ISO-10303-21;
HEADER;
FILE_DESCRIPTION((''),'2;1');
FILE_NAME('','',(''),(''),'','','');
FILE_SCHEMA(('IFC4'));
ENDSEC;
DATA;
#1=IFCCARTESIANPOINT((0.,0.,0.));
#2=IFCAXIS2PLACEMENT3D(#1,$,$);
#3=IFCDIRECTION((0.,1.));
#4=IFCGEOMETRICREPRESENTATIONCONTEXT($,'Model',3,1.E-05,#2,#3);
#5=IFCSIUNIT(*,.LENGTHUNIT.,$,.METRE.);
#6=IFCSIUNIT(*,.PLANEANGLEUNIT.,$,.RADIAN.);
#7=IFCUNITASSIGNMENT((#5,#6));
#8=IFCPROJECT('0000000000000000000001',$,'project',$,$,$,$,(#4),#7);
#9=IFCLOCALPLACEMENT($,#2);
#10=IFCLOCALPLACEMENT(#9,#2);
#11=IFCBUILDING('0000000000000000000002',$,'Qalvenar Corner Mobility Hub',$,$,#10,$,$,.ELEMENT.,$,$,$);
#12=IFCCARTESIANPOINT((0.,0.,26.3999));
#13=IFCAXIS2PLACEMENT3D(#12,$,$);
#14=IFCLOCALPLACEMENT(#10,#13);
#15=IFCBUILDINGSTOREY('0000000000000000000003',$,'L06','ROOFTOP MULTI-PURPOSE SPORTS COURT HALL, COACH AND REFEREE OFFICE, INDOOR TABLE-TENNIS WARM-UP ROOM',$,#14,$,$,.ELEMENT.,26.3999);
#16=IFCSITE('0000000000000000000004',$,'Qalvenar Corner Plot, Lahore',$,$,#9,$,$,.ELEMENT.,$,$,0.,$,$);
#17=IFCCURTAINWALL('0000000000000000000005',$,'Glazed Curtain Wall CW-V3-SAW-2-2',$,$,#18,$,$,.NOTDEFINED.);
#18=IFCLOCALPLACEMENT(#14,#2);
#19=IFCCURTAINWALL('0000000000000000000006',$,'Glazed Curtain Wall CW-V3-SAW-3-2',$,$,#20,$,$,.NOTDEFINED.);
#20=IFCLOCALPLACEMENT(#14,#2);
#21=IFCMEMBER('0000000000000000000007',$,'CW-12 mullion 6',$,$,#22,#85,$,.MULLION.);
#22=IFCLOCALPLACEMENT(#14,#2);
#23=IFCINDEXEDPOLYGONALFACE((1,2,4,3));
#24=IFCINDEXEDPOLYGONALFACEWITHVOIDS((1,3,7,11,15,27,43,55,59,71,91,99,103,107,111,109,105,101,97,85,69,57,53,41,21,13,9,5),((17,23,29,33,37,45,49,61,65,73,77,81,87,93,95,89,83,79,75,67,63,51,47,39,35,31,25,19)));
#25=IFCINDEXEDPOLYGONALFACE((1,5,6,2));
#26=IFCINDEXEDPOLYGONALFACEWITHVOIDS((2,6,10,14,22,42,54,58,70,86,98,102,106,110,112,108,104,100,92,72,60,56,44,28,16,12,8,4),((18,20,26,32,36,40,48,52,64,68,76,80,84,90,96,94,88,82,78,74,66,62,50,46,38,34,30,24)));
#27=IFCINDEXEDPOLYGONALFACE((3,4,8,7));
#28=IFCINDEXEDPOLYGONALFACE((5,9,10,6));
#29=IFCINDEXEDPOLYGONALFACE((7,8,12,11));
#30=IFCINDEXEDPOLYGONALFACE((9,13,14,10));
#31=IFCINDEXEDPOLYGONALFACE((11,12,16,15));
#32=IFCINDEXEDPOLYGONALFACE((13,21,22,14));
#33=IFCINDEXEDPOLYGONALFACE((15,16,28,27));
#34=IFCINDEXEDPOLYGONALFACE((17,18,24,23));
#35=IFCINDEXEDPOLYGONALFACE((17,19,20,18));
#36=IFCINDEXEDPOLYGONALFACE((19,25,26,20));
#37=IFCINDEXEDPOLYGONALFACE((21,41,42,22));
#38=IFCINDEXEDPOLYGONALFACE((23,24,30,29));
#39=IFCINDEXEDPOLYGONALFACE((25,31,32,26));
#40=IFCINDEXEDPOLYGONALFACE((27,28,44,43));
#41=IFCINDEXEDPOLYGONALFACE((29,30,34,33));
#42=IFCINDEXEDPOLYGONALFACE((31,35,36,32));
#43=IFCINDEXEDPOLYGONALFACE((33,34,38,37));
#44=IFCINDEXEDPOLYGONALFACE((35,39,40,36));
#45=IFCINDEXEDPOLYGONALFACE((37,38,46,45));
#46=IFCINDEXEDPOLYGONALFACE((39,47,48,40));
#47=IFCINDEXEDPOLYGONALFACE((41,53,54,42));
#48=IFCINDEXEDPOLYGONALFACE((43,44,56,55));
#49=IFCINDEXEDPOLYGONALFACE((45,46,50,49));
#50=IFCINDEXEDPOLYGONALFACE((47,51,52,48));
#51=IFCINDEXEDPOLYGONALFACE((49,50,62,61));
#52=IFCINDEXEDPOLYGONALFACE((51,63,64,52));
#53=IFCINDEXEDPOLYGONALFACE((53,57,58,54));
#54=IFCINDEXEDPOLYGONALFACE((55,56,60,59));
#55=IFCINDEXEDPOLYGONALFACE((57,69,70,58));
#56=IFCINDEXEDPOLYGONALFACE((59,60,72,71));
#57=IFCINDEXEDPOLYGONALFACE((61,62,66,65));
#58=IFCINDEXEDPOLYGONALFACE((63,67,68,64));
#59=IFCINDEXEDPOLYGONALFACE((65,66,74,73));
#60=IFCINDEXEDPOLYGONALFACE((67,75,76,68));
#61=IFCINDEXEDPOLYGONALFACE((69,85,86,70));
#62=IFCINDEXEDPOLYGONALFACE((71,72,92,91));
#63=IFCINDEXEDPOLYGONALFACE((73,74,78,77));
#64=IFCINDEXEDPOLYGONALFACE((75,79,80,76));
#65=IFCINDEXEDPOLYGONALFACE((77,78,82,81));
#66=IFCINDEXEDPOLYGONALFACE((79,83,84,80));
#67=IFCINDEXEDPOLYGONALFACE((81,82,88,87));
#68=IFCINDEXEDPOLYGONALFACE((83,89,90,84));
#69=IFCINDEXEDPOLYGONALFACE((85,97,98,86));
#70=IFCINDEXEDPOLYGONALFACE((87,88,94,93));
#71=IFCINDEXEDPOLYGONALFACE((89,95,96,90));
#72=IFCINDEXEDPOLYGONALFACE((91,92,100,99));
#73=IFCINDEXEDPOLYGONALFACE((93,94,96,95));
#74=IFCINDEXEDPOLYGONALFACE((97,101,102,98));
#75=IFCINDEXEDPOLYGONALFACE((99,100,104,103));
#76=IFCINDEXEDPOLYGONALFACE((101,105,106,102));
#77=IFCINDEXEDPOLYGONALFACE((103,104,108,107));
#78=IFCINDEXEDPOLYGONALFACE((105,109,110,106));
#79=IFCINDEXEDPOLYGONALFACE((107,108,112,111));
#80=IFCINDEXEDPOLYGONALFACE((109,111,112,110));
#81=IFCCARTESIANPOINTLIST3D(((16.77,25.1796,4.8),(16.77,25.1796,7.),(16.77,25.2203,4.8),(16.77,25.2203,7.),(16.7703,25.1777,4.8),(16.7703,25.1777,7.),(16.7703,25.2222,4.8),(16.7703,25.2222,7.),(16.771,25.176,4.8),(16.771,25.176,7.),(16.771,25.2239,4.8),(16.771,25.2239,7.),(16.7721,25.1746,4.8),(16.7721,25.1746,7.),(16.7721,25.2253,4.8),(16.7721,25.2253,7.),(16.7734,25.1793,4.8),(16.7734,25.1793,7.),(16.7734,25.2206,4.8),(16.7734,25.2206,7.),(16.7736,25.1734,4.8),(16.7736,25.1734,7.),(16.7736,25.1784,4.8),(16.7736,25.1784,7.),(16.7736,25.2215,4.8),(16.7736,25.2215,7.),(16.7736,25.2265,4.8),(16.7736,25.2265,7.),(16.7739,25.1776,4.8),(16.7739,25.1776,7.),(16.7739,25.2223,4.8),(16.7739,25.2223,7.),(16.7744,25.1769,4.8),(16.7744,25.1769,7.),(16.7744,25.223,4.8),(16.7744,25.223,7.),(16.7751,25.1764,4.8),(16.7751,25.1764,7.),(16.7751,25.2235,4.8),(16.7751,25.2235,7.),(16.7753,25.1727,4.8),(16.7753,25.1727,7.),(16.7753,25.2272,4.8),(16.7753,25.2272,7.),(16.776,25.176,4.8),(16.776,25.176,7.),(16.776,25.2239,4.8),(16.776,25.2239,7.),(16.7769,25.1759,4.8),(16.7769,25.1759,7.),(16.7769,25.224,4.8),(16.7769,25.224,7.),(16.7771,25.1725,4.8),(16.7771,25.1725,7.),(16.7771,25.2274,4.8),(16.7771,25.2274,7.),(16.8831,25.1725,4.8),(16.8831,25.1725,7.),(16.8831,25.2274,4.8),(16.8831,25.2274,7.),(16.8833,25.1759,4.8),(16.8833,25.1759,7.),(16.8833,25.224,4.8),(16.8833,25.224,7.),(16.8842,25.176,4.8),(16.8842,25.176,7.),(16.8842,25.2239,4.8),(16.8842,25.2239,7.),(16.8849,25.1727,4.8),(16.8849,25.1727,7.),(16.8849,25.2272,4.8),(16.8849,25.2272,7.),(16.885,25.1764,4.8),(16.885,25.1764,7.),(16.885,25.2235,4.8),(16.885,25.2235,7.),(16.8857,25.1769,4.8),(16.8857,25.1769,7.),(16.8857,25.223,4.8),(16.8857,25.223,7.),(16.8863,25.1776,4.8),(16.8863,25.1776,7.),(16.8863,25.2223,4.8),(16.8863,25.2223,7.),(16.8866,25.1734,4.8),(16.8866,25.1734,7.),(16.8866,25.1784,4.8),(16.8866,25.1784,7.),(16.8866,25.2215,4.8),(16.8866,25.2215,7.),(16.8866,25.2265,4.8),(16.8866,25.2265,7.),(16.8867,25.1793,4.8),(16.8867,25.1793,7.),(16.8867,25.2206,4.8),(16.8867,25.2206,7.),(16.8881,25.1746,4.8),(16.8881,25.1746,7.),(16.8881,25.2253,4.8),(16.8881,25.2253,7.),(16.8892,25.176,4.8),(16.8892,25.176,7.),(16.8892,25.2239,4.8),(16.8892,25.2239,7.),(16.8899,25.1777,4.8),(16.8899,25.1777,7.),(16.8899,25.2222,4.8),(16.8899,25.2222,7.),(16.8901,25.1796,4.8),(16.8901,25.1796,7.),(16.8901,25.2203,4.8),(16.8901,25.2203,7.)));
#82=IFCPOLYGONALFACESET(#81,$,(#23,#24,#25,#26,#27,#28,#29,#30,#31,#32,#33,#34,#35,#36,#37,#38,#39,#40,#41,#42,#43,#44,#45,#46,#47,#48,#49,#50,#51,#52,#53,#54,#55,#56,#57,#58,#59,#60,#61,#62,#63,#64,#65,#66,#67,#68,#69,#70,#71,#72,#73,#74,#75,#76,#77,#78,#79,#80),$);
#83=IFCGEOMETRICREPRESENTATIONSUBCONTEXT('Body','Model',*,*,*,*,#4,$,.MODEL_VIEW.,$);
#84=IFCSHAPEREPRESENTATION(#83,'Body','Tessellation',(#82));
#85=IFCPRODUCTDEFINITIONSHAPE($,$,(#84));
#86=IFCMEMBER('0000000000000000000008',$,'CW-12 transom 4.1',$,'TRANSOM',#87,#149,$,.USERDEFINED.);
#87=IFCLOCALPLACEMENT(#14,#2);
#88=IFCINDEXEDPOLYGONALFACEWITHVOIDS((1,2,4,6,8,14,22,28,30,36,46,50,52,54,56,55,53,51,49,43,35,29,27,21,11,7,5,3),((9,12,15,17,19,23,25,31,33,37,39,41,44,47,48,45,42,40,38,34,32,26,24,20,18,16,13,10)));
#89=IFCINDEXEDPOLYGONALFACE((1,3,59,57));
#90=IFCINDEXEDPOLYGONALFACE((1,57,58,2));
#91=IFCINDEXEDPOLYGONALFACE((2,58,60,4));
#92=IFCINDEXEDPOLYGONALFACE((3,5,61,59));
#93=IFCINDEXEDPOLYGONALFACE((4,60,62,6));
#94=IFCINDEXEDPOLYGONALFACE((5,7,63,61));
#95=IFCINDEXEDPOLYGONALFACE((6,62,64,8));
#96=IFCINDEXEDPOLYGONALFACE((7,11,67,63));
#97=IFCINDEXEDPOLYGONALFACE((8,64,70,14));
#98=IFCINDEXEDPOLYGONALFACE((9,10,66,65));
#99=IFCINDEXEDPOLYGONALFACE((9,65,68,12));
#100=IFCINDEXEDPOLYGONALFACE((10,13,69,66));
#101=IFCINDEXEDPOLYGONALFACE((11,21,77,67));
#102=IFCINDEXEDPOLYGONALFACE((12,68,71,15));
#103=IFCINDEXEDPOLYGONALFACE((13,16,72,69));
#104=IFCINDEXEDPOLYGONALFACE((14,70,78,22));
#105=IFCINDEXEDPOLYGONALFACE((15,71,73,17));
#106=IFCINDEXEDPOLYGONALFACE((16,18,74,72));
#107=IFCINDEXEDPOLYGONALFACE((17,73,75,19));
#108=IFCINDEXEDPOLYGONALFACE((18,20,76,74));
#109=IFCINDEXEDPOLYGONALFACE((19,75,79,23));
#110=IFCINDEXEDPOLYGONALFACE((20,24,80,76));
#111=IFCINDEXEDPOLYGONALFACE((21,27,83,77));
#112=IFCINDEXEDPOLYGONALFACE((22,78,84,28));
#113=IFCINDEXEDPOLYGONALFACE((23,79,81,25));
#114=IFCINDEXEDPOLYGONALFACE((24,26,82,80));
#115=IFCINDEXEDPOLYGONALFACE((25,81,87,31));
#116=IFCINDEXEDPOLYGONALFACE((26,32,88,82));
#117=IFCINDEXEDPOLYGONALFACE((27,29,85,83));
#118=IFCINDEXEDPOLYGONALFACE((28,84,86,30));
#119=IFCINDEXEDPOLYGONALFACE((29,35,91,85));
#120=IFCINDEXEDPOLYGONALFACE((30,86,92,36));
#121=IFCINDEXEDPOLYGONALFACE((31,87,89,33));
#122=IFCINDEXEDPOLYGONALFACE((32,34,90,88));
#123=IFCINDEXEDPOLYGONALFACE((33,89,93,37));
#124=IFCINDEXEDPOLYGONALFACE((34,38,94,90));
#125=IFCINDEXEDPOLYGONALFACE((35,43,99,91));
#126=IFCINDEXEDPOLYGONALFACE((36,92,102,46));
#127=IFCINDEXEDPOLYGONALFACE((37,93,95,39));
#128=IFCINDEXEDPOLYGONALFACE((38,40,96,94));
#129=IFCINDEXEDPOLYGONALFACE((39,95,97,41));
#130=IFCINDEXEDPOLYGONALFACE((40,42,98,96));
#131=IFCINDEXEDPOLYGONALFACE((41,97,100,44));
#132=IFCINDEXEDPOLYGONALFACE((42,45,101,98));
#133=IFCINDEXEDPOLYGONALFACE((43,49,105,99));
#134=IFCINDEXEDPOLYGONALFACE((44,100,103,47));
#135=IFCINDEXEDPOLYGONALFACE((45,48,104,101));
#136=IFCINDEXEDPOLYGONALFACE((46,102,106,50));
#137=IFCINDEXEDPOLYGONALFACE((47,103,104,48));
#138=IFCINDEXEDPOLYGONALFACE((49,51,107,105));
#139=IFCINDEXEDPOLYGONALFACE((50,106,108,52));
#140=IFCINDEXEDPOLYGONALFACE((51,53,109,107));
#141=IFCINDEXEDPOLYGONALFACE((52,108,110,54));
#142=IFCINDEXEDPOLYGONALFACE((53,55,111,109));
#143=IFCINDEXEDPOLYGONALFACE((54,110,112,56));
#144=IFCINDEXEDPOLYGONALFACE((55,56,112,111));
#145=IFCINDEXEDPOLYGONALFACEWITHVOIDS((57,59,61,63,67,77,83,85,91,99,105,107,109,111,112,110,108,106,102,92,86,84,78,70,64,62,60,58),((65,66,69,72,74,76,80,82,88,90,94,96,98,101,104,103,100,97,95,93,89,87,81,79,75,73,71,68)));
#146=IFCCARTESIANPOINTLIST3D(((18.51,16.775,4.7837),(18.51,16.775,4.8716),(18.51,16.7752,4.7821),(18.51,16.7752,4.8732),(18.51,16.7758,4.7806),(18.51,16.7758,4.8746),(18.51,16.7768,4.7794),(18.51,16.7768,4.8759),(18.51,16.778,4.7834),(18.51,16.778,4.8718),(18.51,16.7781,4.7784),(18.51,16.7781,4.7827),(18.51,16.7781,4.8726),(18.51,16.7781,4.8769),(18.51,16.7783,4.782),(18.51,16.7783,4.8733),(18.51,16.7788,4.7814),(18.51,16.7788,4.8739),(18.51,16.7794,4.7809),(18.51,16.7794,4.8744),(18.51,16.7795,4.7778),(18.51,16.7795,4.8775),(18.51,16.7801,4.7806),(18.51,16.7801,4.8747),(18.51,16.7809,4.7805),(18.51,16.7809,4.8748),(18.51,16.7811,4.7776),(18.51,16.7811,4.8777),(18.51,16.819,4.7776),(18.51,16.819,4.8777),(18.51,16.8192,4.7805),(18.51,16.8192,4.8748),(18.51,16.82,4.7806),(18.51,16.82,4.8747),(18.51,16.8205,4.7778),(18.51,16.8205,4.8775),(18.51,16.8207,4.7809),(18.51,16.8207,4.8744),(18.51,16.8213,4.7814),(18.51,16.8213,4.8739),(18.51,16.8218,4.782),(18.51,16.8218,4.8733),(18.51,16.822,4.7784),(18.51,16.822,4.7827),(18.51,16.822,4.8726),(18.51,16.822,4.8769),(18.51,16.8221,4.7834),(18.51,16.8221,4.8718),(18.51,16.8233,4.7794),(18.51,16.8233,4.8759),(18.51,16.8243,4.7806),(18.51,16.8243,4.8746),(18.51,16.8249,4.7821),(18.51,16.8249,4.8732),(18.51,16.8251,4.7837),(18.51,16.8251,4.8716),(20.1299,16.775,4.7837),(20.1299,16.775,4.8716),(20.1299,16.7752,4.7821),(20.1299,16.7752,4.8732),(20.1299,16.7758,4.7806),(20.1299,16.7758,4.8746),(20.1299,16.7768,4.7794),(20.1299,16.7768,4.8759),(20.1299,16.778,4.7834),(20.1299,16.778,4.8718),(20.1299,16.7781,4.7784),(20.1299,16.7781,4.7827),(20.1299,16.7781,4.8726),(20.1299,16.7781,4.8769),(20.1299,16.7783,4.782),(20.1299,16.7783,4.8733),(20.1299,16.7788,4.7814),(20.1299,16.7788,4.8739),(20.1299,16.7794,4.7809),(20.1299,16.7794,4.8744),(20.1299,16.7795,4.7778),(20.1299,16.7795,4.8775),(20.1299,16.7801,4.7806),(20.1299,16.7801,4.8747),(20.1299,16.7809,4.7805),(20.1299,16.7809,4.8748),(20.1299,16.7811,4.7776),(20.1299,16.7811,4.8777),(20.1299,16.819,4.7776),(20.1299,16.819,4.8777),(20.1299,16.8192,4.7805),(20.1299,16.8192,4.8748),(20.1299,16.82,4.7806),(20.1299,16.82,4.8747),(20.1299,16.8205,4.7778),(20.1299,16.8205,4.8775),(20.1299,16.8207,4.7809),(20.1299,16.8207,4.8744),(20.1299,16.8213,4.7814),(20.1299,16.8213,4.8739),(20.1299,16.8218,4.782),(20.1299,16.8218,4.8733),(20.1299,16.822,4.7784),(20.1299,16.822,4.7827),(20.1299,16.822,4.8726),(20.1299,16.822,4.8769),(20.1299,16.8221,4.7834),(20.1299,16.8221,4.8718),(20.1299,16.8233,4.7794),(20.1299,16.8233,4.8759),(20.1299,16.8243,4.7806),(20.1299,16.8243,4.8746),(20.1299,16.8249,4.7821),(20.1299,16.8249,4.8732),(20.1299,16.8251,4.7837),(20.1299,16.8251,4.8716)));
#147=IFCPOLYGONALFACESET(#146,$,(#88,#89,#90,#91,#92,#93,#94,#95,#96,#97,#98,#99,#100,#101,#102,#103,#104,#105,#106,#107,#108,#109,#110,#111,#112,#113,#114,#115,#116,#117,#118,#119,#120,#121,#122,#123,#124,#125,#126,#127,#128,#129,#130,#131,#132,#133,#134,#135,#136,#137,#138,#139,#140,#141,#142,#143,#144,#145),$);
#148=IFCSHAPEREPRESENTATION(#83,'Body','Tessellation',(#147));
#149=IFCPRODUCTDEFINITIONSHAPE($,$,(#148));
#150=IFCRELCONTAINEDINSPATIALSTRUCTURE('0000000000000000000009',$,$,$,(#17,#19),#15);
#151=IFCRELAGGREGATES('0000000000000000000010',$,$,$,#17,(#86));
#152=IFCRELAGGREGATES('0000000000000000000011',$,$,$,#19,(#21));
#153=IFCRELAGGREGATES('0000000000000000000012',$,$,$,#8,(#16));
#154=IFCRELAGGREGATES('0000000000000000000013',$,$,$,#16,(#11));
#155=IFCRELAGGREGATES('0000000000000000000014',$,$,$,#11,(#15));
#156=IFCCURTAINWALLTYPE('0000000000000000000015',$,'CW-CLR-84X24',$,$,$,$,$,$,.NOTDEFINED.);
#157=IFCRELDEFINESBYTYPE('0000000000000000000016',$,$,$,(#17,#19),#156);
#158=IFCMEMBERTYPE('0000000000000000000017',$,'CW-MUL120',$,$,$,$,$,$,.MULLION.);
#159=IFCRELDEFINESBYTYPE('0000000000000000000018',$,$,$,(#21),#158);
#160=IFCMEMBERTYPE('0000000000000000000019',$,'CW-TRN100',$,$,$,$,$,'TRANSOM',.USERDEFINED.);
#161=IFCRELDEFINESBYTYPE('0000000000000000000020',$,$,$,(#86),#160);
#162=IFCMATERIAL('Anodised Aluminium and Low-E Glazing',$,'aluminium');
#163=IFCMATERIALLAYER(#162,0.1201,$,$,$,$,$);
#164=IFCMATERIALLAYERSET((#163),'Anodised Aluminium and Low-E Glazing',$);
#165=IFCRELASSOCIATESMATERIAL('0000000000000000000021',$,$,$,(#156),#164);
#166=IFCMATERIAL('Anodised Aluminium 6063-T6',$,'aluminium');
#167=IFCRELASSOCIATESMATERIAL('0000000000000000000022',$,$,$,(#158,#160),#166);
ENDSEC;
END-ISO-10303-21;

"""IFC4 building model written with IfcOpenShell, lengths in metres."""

from ifc_helpers import new_model, si_unit, direction, frame, origin, origin_2d, place, context, subcontext, project, spatial, hollow_rectangle, extrude, material, layer, layer_set, material_profile, profile_set, type_object, element, aggregate, save


model = new_model("IFC4")

# Units and contexts
model_context = context("Model", 3, precision=1e-05, world=origin(), true_north=direction((0.0, 1.0)))
body_context = subcontext(model_context, "Body", "Model", "MODEL_VIEW")
ifc_project = project(units=[si_unit("LENGTHUNIT", "METRE"), si_unit("PLANEANGLEUNIT", "RADIAN")], contexts=[model_context])

# Site, building, storey
site_placement = place(None, origin())
site = spatial("IfcSite", under=ifc_project, at=site_placement, Name="Qalvenar Corner Plot, Lahore", CompositionType="ELEMENT", RefElevation=0.0)
building_placement = place(site_placement, origin())
building = spatial("IfcBuilding", under=site, at=building_placement, Name="Qalvenar Corner Mobility Hub", CompositionType="ELEMENT")
storey_placement = place(building_placement, frame((0.0, 0.0, 26.3999)))
storey = spatial("IfcBuildingStorey", under=building, at=storey_placement, Name="L06", Description="ROOFTOP MULTI-PURPOSE SPORTS COURT HALL, COACH AND REFEREE OFFICE, INDOOR TABLE-TENNIS WARM-UP ROOM", CompositionType="ELEMENT", Elevation=26.3999)

# Curtain wall
ifc_material_1 = material(Name="Anodised Aluminium and Low-E Glazing", Category="aluminium")
ifc_layer_1 = layer(ifc_material_1, 0.1201)
ifc_layer_set_1 = layer_set([ifc_layer_1], Name="Anodised Aluminium and Low-E Glazing")
curtain_wall_type = type_object("IfcCurtainWallType", Name="CW-CLR-84X24", PredefinedType="NOTDEFINED", material=ifc_layer_set_1)
curtain_wall_1_placement = place(storey_placement, origin())
curtain_wall_1 = element("IfcCurtainWall", 1, at=curtain_wall_1_placement, inside=storey, type_object=curtain_wall_type, Name="Glazed Curtain Wall CW-V3-SAW-2-2", PredefinedType="NOTDEFINED")
ifc_material_2 = material(Name="Anodised Aluminium 6063-T6", Category="aluminium")
ifc_material_profile_1 = material_profile(ifc_material_2, hollow_rectangle(XDim=0.0549, YDim=0.1201, WallThickness=0.0034, InnerFilletRadius=0.0034, OuterFilletRadius=0.0071, at=origin_2d()), Name="RHS120x55x3.5")
ifc_profile_set_1 = profile_set([ifc_material_profile_1], Name="Anodised Aluminium 6063-T6")
member_type_1 = type_object("IfcMemberType", Name="CW-MUL120", PredefinedType="MULLION", material=ifc_profile_set_1)

# Curtain wall, member
curtain_wall_2_placement = place(storey_placement, origin())
curtain_wall_2 = element("IfcCurtainWall", 2, at=curtain_wall_2_placement, inside=storey, type_object=curtain_wall_type, Name="Glazed Curtain Wall CW-V3-SAW-3-2", PredefinedType="NOTDEFINED")
member_1_placement = place(storey_placement, frame((16.8301, 25.2, 4.8), z_axis=(0.0, 0.0, 1.0), x_axis=(0.0, -1.0, 0.0)))
member_1 = element("IfcMember", 3, at=member_1_placement, type_object=member_type_1, Name="CW-12 mullion 6", PredefinedType="MULLION", context=body_context, shape_type="SweptSolid", body=[
    extrude(hollow_rectangle(XDim=0.0549, YDim=0.1201, WallThickness=0.0034, InnerFilletRadius=0.0034, OuterFilletRadius=0.0071, at=origin_2d()), origin(), (0.0, 0.0, 1.0), 2.2),
])

# Member
ifc_material_profile_2 = material_profile(ifc_material_2, hollow_rectangle(XDim=0.05, YDim=0.1001, WallThickness=0.0029, InnerFilletRadius=0.0029, OuterFilletRadius=0.0061, at=origin_2d()), Name="RHS100x50x3")
ifc_profile_set_2 = profile_set([ifc_material_profile_2], Name="Anodised Aluminium 6063-T6")
member_type_2 = type_object("IfcMemberType", Name="CW-TRN100", ElementType="TRANSOM", PredefinedType="USERDEFINED", material=ifc_profile_set_2)
member_2_placement = place(storey_placement, frame((20.1299, 16.8, 4.8276), z_axis=(-1.0, 0.0, 0.0), x_axis=(0.0, -1.0, 0.0)))
member_2 = element("IfcMember", 4, at=member_2_placement, type_object=member_type_2, Name="CW-12 transom 4.1", ObjectType="TRANSOM", PredefinedType="USERDEFINED", context=body_context, shape_type="SweptSolid", body=[
    extrude(hollow_rectangle(XDim=0.05, YDim=0.1001, WallThickness=0.0029, InnerFilletRadius=0.0029, OuterFilletRadius=0.0061, at=origin_2d()), origin(), (0.0, 0.0, 1.0), 1.6199),
])

aggregate(curtain_wall_1, [member_2])
aggregate(curtain_wall_2, [member_1])

save(model, "model.ifc")
